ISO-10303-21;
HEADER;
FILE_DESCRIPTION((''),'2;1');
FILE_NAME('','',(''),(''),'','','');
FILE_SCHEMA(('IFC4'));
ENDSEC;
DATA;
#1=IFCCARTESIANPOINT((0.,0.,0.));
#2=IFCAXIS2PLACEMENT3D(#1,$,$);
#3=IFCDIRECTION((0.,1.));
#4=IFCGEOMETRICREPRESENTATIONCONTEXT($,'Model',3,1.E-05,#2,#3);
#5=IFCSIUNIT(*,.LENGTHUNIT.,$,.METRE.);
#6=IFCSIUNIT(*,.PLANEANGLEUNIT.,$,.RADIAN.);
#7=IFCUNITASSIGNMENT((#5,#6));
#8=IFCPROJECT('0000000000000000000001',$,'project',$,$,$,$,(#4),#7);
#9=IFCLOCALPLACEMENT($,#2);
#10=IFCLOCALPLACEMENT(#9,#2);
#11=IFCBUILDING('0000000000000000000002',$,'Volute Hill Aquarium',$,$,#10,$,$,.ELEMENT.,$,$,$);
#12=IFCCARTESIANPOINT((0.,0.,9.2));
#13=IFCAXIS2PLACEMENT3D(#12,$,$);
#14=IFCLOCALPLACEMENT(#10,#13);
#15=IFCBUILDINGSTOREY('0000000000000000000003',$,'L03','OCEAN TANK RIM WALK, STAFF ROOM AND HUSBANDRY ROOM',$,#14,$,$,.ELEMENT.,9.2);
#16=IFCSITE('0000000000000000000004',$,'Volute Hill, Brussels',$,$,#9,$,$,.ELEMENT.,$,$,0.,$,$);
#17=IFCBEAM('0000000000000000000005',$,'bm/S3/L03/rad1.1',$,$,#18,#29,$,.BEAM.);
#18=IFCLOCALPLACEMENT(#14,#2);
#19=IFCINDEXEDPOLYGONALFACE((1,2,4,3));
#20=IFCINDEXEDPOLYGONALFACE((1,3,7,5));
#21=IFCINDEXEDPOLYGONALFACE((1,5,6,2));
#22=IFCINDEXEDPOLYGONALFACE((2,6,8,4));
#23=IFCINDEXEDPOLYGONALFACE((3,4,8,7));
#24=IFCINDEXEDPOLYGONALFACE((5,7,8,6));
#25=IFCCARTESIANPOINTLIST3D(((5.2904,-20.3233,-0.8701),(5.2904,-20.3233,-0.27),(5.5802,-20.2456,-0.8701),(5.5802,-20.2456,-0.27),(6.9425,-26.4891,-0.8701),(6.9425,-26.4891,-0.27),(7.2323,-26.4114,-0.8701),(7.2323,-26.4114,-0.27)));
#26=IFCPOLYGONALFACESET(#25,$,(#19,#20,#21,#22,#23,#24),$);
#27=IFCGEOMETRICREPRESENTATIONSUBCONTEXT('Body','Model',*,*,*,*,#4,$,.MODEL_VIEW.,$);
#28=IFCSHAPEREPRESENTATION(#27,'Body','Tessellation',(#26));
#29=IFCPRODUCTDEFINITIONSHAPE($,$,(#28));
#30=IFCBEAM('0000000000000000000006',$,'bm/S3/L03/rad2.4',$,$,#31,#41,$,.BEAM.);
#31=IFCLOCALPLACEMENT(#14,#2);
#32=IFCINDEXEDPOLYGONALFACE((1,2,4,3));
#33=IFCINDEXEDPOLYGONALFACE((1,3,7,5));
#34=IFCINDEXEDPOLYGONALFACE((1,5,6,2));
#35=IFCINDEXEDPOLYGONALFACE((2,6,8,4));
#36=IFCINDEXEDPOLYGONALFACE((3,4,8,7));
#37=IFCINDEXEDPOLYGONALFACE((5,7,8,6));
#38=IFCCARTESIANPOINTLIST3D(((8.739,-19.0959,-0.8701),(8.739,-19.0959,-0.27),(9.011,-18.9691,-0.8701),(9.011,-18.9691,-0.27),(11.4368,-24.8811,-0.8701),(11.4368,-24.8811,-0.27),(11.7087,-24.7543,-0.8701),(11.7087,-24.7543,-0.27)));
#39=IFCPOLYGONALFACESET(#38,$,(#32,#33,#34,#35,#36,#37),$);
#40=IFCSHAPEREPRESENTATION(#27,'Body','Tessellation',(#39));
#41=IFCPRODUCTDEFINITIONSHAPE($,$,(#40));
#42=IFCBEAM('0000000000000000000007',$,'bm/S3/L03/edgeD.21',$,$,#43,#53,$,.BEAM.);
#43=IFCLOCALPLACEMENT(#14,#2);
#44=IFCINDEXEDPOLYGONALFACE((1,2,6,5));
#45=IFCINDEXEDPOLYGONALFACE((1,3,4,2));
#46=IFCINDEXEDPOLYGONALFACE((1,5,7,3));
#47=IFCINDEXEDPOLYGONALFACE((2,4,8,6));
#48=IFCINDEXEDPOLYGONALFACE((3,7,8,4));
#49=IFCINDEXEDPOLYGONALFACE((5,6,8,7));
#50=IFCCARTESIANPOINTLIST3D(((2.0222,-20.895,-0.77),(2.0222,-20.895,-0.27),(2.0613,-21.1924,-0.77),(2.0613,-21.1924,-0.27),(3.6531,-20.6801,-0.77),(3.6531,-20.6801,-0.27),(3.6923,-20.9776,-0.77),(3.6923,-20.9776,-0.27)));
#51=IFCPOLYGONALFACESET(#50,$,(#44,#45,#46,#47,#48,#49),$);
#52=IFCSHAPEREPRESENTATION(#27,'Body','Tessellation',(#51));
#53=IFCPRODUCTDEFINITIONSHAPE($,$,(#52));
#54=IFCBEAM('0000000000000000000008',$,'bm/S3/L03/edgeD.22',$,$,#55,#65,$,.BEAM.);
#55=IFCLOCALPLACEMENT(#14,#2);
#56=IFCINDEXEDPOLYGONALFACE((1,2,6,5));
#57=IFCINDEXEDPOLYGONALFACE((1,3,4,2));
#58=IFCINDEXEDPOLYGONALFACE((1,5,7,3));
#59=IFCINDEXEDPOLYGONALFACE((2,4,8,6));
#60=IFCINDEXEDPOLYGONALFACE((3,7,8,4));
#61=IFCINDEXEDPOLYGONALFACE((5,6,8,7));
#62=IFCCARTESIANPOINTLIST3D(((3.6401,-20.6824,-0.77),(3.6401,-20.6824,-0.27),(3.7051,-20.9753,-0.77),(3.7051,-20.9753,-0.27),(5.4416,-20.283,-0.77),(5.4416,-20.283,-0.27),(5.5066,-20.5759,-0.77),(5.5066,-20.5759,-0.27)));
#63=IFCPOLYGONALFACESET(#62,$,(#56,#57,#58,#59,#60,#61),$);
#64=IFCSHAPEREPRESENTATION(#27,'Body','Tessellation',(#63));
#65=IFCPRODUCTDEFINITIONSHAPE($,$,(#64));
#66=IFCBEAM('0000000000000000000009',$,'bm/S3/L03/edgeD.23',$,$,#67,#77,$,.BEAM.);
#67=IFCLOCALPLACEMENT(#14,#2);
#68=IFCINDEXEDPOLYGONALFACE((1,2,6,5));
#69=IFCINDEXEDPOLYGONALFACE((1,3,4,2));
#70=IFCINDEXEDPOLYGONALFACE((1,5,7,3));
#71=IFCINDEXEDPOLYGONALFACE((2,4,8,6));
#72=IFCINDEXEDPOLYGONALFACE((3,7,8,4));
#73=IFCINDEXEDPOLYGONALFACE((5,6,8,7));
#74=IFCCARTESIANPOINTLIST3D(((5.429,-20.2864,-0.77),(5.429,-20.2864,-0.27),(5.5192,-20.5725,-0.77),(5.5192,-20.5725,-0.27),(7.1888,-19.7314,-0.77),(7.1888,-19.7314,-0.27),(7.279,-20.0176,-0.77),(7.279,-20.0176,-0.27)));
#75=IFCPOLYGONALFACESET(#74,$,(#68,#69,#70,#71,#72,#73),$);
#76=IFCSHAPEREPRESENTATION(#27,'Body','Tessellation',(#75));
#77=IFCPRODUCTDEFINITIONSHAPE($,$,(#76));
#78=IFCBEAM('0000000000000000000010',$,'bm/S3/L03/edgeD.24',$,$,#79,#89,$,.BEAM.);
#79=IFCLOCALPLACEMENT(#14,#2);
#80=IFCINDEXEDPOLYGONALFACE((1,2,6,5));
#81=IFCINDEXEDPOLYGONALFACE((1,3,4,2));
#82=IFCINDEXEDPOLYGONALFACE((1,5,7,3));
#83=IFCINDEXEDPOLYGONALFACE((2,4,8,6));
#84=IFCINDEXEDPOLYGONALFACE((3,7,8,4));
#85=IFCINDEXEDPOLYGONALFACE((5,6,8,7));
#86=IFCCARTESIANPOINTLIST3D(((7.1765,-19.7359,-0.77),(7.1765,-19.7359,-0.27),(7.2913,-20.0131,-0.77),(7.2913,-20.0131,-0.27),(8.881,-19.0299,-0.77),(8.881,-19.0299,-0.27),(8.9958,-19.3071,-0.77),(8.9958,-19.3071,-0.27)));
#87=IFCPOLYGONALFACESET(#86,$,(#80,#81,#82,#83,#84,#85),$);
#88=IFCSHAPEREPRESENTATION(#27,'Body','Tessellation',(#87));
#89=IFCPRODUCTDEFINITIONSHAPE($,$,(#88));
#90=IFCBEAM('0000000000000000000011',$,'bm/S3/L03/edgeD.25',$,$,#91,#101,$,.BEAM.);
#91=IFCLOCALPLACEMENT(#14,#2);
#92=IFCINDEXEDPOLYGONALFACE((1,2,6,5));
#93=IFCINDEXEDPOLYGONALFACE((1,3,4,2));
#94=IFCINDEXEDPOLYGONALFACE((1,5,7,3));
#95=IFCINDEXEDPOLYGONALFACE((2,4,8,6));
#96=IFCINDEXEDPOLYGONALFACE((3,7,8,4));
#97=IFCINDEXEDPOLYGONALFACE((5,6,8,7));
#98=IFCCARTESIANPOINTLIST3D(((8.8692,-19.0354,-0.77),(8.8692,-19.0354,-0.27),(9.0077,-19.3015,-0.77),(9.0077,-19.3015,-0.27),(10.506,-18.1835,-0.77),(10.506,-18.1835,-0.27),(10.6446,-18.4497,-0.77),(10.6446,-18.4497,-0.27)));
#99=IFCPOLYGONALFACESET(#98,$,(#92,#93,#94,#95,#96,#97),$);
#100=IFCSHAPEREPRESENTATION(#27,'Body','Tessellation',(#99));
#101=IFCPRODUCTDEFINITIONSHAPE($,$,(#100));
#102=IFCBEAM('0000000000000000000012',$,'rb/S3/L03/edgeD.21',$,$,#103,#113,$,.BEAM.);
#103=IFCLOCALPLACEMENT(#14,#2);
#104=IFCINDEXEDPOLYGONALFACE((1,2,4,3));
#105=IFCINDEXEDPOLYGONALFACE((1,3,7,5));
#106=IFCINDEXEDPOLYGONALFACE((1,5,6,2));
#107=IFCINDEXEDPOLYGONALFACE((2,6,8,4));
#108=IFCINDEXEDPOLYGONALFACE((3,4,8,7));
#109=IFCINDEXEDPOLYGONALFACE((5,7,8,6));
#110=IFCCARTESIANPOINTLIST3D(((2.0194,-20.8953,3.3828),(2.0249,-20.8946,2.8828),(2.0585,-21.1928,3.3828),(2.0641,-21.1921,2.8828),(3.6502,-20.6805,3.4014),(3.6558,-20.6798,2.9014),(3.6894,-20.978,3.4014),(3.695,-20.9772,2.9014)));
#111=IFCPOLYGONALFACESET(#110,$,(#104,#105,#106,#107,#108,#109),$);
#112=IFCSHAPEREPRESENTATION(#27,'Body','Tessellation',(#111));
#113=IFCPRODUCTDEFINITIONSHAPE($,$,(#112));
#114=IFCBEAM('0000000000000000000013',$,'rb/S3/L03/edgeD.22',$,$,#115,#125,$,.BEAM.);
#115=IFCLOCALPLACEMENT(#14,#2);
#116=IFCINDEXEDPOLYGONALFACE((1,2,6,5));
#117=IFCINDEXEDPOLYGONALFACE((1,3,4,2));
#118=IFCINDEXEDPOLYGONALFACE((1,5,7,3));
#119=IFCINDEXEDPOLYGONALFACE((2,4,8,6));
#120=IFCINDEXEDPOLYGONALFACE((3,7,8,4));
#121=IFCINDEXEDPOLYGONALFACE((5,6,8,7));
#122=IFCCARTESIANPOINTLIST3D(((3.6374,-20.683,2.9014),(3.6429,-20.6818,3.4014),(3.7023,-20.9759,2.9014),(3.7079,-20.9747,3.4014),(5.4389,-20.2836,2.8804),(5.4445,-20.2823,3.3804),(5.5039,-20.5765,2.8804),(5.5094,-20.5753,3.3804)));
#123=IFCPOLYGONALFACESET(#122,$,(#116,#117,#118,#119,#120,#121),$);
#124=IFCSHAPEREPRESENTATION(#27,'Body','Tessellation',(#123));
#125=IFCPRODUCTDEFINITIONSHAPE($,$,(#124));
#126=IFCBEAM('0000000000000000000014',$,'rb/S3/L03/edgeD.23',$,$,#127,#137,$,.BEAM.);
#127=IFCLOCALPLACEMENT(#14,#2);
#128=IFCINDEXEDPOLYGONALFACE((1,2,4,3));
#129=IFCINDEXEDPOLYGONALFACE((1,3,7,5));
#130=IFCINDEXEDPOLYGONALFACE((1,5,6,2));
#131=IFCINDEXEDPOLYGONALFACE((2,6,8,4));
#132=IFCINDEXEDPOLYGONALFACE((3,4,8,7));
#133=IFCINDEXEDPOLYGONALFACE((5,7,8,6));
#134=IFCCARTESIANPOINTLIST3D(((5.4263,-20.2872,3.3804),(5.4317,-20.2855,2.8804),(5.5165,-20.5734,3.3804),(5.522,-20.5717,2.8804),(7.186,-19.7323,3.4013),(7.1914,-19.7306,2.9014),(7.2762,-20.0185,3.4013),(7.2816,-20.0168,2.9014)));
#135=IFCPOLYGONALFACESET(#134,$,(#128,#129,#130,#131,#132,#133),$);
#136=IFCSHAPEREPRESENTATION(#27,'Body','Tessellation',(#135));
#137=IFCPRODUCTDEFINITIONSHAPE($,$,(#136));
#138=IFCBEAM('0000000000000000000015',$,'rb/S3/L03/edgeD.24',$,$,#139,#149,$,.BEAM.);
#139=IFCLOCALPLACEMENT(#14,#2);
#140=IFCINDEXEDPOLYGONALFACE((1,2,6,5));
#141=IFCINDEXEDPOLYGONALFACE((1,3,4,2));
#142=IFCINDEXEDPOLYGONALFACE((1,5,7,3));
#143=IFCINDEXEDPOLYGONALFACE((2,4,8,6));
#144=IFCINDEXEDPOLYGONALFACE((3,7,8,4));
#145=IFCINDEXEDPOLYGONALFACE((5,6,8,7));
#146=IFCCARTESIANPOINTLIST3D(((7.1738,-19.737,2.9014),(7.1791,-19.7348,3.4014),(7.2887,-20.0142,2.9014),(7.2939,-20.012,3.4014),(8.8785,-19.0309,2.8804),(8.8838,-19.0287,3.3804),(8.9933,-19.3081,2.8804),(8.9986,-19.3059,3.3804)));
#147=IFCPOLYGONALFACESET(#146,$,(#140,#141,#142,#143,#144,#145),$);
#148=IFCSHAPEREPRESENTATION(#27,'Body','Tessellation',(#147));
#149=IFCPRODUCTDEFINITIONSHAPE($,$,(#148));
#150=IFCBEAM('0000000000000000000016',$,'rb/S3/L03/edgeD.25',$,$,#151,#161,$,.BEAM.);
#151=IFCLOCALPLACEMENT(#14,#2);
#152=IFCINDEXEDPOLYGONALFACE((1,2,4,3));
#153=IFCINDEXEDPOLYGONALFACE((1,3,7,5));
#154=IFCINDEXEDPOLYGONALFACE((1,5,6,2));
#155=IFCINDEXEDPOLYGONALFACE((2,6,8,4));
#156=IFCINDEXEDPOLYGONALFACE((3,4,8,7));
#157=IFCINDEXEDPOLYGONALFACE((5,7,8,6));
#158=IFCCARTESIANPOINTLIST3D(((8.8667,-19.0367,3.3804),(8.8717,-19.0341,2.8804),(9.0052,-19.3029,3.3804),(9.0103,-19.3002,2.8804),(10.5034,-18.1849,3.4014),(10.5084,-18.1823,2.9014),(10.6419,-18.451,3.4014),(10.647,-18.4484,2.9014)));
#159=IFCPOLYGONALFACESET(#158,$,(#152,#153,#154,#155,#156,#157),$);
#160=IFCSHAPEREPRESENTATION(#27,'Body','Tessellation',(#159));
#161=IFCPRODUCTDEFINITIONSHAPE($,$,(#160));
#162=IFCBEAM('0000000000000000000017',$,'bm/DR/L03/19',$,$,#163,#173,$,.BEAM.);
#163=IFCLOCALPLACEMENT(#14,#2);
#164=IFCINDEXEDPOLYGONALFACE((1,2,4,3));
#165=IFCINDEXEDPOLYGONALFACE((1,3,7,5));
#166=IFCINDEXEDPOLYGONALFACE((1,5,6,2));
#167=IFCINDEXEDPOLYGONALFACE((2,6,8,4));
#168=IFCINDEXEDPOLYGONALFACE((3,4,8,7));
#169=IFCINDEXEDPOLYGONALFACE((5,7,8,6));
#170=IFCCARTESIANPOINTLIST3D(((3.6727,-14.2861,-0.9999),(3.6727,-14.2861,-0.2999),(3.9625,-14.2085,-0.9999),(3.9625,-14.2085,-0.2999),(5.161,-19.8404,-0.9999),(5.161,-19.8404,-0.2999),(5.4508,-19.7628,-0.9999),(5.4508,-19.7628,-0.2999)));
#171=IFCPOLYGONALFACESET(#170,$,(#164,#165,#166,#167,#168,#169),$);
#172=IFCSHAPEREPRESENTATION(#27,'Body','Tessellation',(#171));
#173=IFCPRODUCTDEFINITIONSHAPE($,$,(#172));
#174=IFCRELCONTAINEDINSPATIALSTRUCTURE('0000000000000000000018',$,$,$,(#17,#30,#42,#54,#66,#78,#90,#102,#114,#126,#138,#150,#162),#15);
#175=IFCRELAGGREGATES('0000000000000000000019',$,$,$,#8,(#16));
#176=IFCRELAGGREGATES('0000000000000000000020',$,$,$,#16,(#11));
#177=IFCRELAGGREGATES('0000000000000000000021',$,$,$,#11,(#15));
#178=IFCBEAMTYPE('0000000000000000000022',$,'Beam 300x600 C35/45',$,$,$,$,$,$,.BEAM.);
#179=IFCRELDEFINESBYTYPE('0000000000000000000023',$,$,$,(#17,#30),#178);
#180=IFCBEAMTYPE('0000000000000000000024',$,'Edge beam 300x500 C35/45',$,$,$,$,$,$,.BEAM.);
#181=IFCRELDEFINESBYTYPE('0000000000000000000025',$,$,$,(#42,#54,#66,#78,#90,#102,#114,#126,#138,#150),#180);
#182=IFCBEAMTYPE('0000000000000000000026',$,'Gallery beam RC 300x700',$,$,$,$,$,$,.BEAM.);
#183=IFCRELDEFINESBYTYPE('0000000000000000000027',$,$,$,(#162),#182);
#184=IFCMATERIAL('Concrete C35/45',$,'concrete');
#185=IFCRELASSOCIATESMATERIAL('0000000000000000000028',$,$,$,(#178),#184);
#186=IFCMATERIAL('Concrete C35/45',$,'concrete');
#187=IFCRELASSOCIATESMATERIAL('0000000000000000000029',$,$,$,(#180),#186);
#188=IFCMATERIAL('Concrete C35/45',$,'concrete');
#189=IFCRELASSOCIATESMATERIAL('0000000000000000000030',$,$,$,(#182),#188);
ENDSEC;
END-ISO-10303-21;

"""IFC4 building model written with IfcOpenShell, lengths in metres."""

from ifc_helpers import new_model, si_unit, direction, frame, origin, origin_2d, place, context, subcontext, project, spatial, rectangle, extrude, material, material_profile, profile_set, type_object, element, save


model = new_model("IFC4")

# Units and contexts
model_context = context("Model", 3, precision=1e-05, world=origin(), true_north=direction((0.0, 1.0)))
body_context = subcontext(model_context, "Body", "Model", "MODEL_VIEW")
ifc_project = project(units=[si_unit("LENGTHUNIT", "METRE"), si_unit("PLANEANGLEUNIT", "RADIAN")], contexts=[model_context])

# Site, building, storey
site_placement = place(None, origin())
site = spatial("IfcSite", under=ifc_project, at=site_placement, Name="Volute Hill, Brussels", CompositionType="ELEMENT", RefElevation=0.0)
building_placement = place(site_placement, origin())
building = spatial("IfcBuilding", under=site, at=building_placement, Name="Volute Hill Aquarium", CompositionType="ELEMENT")
storey_placement = place(building_placement, frame((0.0, 0.0, 9.2)))
storey = spatial("IfcBuildingStorey", under=building, at=storey_placement, Name="L03", Description="OCEAN TANK RIM WALK, STAFF ROOM AND HUSBANDRY ROOM", CompositionType="ELEMENT", Elevation=9.2)

# Beams
ifc_material_1 = material(Name="Concrete C35/45", Category="concrete")
ifc_material_profile_1 = material_profile(ifc_material_1, rectangle(XDim=0.3, YDim=0.6001, at=origin_2d()), Name="RC beam 300x600")
ifc_profile_set_1 = profile_set([ifc_material_profile_1], Name="Concrete C35/45")
beam_type_1 = type_object("IfcBeamType", Name="Beam 300x600 C35/45", PredefinedType="BEAM", material=ifc_profile_set_1)
for number, where, z_axis, x_axis, name in (
    (1, (5.4353, -20.2844, -0.5701), (0.258817, -0.965926, 0.0), (0.965926, 0.258817, 0.0), "bm/S3/L03/rad1.1"),
    (2, (8.875, -19.0325, -0.5701), (0.42263, -0.906302, 0.0), (0.906302, 0.42263, 0.0), "bm/S3/L03/rad2.4"),
):
    element("IfcBeam", number, at=place(storey_placement, frame(where, z_axis=z_axis, x_axis=x_axis)), inside=storey, type_object=beam_type_1, Name=name, PredefinedType="BEAM", context=body_context, shape_type="SweptSolid", body=[
        extrude(rectangle(XDim=0.3, YDim=0.6001, at=origin_2d()), origin(), (0.0, 0.0, 1.0), 6.3833),
    ])
ifc_material_2 = material(Name="Concrete C35/45", Category="concrete")
ifc_material_profile_2 = material_profile(ifc_material_2, rectangle(XDim=0.3, YDim=0.5, at=origin_2d()), Name="RC edge beam 300x500")
ifc_profile_set_2 = profile_set([ifc_material_profile_2], Name="Concrete C35/45")
beam_type_2 = type_object("IfcBeamType", Name="Edge beam 300x500 C35/45", PredefinedType="BEAM", material=ifc_profile_set_2)
beam_1_placement = place(storey_placement, frame((2.0417, -21.0437, -0.52), z_axis=(0.991434, 0.130608, 0.0), x_axis=(-0.130608, 0.991434, 0.0)))
element("IfcBeam", 3, at=beam_1_placement, inside=storey, type_object=beam_type_2, Name="bm/S3/L03/edgeD.21", PredefinedType="BEAM", context=body_context, shape_type="SweptSolid", body=[
    extrude(rectangle(XDim=0.3, YDim=0.5, at=origin_2d()), origin(), (0.0, 0.0, 1.0), 1.645),
])
for number, where, z_axis, x_axis, name in (
    (4, (3.6726, -20.8289, -0.52), (0.976293, 0.216454, 0.0), (-0.216454, 0.976293, 0.0), "bm/S3/L03/edgeD.22"),
    (5, (5.4741, -20.4294, -0.52), (0.953705, 0.300745, 0.0), (-0.300745, 0.953705, 0.0), "bm/S3/L03/edgeD.23"),
):
    element("IfcBeam", number, at=place(storey_placement, frame(where, z_axis=z_axis, x_axis=x_axis)), inside=storey, type_object=beam_type_2, Name=name, PredefinedType="BEAM", context=body_context, shape_type="SweptSolid", body=[
        extrude(rectangle(XDim=0.3, YDim=0.5, at=origin_2d()), origin(), (0.0, 0.0, 1.0), 1.8452),
    ])
beam_2_placement = place(storey_placement, frame((7.2339, -19.8745, -0.52), z_axis=(0.923881, 0.382679, 0.0), x_axis=(-0.382679, 0.923881, 0.0)))
element("IfcBeam", 6, at=beam_2_placement, inside=storey, type_object=beam_type_2, Name="bm/S3/L03/edgeD.24", PredefinedType="BEAM", context=body_context, shape_type="SweptSolid", body=[
    extrude(rectangle(XDim=0.3, YDim=0.5, at=origin_2d()), origin(), (0.0, 0.0, 1.0), 1.845),
])
beam_3_placement = place(storey_placement, frame((8.9385, -19.1685, -0.52), z_axis=(0.887059, 0.461657, 0.0), x_axis=(-0.461657, 0.887059, 0.0)))
element("IfcBeam", 7, at=beam_3_placement, inside=storey, type_object=beam_type_2, Name="bm/S3/L03/edgeD.25", PredefinedType="BEAM", context=body_context, shape_type="SweptSolid", body=[
    extrude(rectangle(XDim=0.3, YDim=0.5, at=origin_2d()), origin(), (0.0, 0.0, 1.0), 1.8452),
])
beam_4_placement = place(storey_placement, frame((2.0417, -21.0437, 3.1328), z_axis=(0.991371, 0.1306, 0.011279), x_axis=(-0.130608, 0.991434, 0.0)))
element("IfcBeam", 8, at=beam_4_placement, inside=storey, type_object=beam_type_2, Name="rb/S3/L03/edgeD.21", PredefinedType="BEAM", context=body_context, shape_type="SweptSolid", body=[
    extrude(rectangle(XDim=0.3, YDim=0.5, at=origin_2d()), origin(), (0.0, 0.0, 1.0), 1.645),
])
beam_5_placement = place(storey_placement, frame((3.6726, -20.8289, 3.1514), z_axis=(0.97623, 0.21644, -0.011378), x_axis=(-0.216454, 0.976293, 0.0)))
element("IfcBeam", 9, at=beam_5_placement, inside=storey, type_object=beam_type_2, Name="rb/S3/L03/edgeD.22", PredefinedType="BEAM", context=body_context, shape_type="SweptSolid", body=[
    extrude(rectangle(XDim=0.3, YDim=0.5, at=origin_2d()), origin(), (0.0, 0.0, 1.0), 1.8455),
])
for number, where, z_axis, x_axis, name in (
    (10, (5.4741, -20.4294, 3.1304), (0.953643, 0.300726, 0.011378), (-0.300745, 0.953705, 0.0), "rb/S3/L03/edgeD.23"),
    (11, (7.2339, -19.8745, 3.1514), (0.923822, 0.382654, -0.011379), (-0.382679, 0.923881, 0.0), "rb/S3/L03/edgeD.24"),
    (12, (8.9385, -19.1685, 3.1304), (0.887001, 0.461627, 0.011379), (-0.461657, 0.887059, 0.0), "rb/S3/L03/edgeD.25"),
):
    element("IfcBeam", number, at=place(storey_placement, frame(where, z_axis=z_axis, x_axis=x_axis)), inside=storey, type_object=beam_type_2, Name=name, PredefinedType="BEAM", context=body_context, shape_type="SweptSolid", body=[
        extrude(rectangle(XDim=0.3, YDim=0.5, at=origin_2d()), origin(), (0.0, 0.0, 1.0), 1.8452),
    ])
ifc_material_3 = material(Name="Concrete C35/45", Category="concrete")
ifc_material_profile_3 = material_profile(ifc_material_3, rectangle(XDim=0.3, YDim=0.7, at=origin_2d()), Name="RC beam 300x700")
ifc_profile_set_3 = profile_set([ifc_material_profile_3], Name="Concrete C35/45")
beam_type_3 = type_object("IfcBeamType", Name="Gallery beam RC 300x700", PredefinedType="BEAM", material=ifc_profile_set_3)
beam_6_placement = place(storey_placement, frame((3.8176, -14.2473, -0.6499), z_axis=(0.258825, -0.965924, 0.0), x_axis=(0.965924, 0.258825, 0.0)))
element("IfcBeam", 13, at=beam_6_placement, inside=storey, type_object=beam_type_3, Name="bm/DR/L03/19", PredefinedType="BEAM", context=body_context, shape_type="SweptSolid", body=[
    extrude(rectangle(XDim=0.3, YDim=0.7, at=origin_2d()), origin(), (0.0, 0.0, 1.0), 5.7502),
])

save(model, "model.ifc")
